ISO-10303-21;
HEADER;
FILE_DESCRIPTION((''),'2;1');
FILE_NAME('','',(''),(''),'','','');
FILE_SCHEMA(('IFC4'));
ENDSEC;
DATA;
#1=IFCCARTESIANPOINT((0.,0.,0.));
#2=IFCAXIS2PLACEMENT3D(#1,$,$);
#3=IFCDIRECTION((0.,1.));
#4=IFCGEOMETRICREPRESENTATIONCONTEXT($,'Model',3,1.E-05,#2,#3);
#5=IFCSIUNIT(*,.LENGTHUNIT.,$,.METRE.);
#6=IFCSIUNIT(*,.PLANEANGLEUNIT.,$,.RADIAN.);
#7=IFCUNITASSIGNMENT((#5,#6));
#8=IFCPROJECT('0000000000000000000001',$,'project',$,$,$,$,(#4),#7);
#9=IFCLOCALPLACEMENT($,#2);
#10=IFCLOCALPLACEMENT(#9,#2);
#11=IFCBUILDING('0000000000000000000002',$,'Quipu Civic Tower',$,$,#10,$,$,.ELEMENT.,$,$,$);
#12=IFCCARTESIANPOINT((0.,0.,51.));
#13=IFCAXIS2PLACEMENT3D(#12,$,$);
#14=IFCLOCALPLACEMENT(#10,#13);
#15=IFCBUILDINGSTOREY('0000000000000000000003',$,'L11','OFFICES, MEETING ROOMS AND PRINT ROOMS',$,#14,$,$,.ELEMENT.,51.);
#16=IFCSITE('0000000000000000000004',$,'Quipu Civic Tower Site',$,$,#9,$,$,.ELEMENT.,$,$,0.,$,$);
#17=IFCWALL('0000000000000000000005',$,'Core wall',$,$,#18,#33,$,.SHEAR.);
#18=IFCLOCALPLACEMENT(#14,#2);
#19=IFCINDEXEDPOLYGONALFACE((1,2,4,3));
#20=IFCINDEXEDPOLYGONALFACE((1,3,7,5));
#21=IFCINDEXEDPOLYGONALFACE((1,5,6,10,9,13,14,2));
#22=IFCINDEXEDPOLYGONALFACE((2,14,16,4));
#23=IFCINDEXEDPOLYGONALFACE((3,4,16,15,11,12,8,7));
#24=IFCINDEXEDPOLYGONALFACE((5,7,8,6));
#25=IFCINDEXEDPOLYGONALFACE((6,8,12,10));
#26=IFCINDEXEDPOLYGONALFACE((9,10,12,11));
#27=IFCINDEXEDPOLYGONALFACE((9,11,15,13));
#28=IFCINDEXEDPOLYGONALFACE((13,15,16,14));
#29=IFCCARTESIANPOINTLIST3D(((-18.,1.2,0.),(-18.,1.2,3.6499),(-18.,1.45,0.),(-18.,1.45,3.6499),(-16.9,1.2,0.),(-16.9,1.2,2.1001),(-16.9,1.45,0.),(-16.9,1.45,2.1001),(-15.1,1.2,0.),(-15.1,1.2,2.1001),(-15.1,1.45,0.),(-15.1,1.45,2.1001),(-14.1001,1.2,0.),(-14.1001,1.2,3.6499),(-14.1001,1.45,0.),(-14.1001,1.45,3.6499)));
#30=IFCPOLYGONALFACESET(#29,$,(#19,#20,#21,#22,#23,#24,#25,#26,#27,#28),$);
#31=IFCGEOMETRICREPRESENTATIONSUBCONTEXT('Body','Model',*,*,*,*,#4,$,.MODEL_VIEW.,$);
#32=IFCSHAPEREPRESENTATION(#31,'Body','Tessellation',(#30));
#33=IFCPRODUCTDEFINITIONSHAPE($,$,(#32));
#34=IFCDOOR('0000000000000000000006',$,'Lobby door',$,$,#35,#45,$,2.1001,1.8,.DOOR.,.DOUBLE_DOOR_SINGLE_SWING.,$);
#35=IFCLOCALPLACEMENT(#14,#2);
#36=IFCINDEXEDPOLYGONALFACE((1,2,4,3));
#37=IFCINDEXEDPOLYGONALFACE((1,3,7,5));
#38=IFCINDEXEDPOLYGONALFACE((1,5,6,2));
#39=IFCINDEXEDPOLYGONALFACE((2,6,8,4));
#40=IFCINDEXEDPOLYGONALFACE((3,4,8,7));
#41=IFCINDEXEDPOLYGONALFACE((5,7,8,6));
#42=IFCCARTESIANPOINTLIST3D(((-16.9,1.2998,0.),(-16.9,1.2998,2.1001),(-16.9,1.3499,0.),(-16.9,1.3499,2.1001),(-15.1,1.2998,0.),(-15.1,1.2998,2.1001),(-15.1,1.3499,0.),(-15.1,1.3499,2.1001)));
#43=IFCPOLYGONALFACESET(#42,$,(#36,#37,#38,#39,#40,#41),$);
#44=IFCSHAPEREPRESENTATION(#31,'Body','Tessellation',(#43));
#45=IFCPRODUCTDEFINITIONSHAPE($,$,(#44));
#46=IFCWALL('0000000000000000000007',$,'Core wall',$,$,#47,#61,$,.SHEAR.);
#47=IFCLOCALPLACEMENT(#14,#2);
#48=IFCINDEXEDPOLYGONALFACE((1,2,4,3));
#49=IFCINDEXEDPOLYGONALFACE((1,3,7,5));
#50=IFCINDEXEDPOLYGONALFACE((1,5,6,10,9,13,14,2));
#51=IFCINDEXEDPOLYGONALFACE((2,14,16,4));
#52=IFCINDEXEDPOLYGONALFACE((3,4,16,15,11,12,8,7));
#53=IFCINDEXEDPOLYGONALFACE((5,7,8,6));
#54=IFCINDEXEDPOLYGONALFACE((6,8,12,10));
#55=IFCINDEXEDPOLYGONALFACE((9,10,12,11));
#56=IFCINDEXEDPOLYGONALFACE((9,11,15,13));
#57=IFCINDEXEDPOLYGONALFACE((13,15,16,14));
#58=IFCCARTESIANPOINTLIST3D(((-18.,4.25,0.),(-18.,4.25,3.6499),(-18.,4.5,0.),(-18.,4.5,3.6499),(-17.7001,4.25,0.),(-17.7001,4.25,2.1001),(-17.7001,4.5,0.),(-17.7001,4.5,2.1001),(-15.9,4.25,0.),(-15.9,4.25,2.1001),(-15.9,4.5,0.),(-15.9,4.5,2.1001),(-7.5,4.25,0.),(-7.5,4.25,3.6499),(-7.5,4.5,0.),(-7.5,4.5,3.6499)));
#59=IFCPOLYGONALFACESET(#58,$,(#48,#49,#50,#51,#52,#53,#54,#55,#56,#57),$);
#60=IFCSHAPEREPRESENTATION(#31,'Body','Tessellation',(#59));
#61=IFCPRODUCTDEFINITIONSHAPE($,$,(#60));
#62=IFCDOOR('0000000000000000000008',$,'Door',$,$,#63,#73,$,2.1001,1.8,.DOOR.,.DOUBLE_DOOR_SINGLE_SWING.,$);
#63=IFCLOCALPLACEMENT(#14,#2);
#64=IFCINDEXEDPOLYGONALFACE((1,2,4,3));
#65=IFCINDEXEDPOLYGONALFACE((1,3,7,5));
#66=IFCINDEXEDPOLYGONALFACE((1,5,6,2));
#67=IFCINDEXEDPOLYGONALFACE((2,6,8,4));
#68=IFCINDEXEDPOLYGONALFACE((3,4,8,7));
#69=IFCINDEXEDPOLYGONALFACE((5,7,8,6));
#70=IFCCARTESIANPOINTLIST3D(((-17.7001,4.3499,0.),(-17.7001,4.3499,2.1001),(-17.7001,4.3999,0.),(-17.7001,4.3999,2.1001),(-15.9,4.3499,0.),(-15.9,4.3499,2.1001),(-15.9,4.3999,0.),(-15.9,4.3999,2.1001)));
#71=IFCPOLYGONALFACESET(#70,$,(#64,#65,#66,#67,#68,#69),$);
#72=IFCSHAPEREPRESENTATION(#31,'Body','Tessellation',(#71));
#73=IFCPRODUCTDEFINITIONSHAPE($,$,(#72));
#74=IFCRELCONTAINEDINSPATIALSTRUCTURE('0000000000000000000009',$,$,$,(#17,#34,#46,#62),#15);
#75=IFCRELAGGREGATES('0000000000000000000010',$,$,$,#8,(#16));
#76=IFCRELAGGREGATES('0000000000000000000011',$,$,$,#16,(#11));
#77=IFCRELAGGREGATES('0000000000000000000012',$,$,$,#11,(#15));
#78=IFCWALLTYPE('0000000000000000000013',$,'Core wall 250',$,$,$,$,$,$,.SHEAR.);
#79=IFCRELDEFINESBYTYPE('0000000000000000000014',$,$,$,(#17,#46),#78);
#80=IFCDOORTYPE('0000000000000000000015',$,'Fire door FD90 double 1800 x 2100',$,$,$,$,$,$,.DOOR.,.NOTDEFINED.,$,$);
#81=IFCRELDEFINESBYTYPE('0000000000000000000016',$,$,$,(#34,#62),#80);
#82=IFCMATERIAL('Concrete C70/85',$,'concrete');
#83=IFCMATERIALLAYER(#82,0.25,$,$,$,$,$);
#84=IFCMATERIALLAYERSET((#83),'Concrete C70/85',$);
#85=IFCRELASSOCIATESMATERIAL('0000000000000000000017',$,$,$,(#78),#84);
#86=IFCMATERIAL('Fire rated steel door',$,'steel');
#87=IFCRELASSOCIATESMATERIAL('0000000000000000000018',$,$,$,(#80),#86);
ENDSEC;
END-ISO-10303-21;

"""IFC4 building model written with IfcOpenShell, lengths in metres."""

from ifc_helpers import new_model, si_unit, direction, frame, frame_2d, origin, place, context, subcontext, project, spatial, rectangle, extrude, material, layer, layer_set, type_object, element, fill, save


model = new_model("IFC4")

# Units and contexts
model_context = context("Model", 3, precision=1e-05, world=origin(), true_north=direction((0.0, 1.0)))
body_context = subcontext(model_context, "Body", "Model", "MODEL_VIEW")
ifc_project = project(units=[si_unit("LENGTHUNIT", "METRE"), si_unit("PLANEANGLEUNIT", "RADIAN")], contexts=[model_context])

# Site, building, storey
site_placement = place(None, origin())
site = spatial("IfcSite", under=ifc_project, at=site_placement, Name="Quipu Civic Tower Site", CompositionType="ELEMENT", RefElevation=0.0)
building_placement = place(site_placement, origin())
building = spatial("IfcBuilding", under=site, at=building_placement, Name="Quipu Civic Tower", CompositionType="ELEMENT")
storey_placement = place(building_placement, frame((0.0, 0.0, 51.0)))
storey = spatial("IfcBuildingStorey", under=building, at=storey_placement, Name="L11", Description="OFFICES, MEETING ROOMS AND PRINT ROOMS", CompositionType="ELEMENT", Elevation=51.0)

# Walls, openings, doors
ifc_material_1 = material(Name="Concrete C70/85", Category="concrete")
ifc_layer_1 = layer(ifc_material_1, 0.25)
ifc_layer_set_1 = layer_set([ifc_layer_1], Name="Concrete C70/85")
wall_type_1 = type_object("IfcWallType", Name="Core wall 250", PredefinedType="SHEAR", material=ifc_layer_set_1)
wall_1_placement = place(storey_placement, frame((-18.0, 1.325, 0.0), z_axis=(0.0, 0.0, 1.0), x_axis=(1.0, 0.0, 0.0)))
wall_1 = element("IfcWall", 1, at=wall_1_placement, inside=storey, type_object=wall_type_1, Name="Core wall", PredefinedType="SHEAR", context=body_context, shape_type="SweptSolid", body=[
    extrude(rectangle(XDim=3.8999, YDim=0.25, at=frame_2d((1.95, 0.0))), origin(), (0.0, 0.0, 1.0), 3.6499),
])
opening_1_placement = place(wall_1_placement, frame((1.1001, 0.0, 0.0)))
opening_1 = element("IfcOpeningElement", 2, at=opening_1_placement, cuts=wall_1, PredefinedType="OPENING", context=body_context, shape_type="SweptSolid", body=[
    extrude(rectangle(XDim=1.8, YDim=2.1001, at=frame_2d((0.8999, 1.05))), frame((0.0, 0.135, 0.0), z_axis=(0.0, -1.0, 0.0), x_axis=(1.0, 0.0, 0.0)), (0.0, 0.0, 1.0), 0.27),
])
ifc_material_2 = material(Name="Fire rated steel door", Category="steel")
door_type_1 = type_object("IfcDoorType", Name="Fire door FD90 double 1800 x 2100", OperationType="NOTDEFINED", PredefinedType="DOOR", material=ifc_material_2)
door_1_placement = place(opening_1_placement, origin())
door_1 = element("IfcDoor", 3, at=door_1_placement, inside=storey, type_object=door_type_1, Name="Lobby door", OperationType="DOUBLE_DOOR_SINGLE_SWING", OverallHeight=2.1001, OverallWidth=1.8, PredefinedType="DOOR", context=body_context, shape_type="SweptSolid", body=[
    extrude(rectangle(XDim=1.8, YDim=2.1001, at=frame_2d((0.8999, 1.05))), frame((0.0, 0.0249, 0.0), z_axis=(0.0, -1.0, 0.0), x_axis=(1.0, 0.0, 0.0)), (0.0, 0.0, 1.0), 0.05),
])
fill(opening_1, door_1)
wall_2_placement = place(storey_placement, frame((-18.0, 4.375, 0.0), z_axis=(0.0, 0.0, 1.0), x_axis=(1.0, 0.0, 0.0)))
wall_2 = element("IfcWall", 4, at=wall_2_placement, inside=storey, type_object=wall_type_1, Name="Core wall", PredefinedType="SHEAR", context=body_context, shape_type="SweptSolid", body=[
    extrude(rectangle(XDim=10.5, YDim=0.25, at=frame_2d((5.25, 0.0))), origin(), (0.0, 0.0, 1.0), 3.6499),
])
opening_2_placement = place(wall_2_placement, frame((0.3, 0.0, 0.0)))
opening_2 = element("IfcOpeningElement", 5, at=opening_2_placement, cuts=wall_2, PredefinedType="OPENING", context=body_context, shape_type="SweptSolid", body=[
    extrude(rectangle(XDim=1.8, YDim=2.1001, at=frame_2d((0.8999, 1.05))), frame((0.0, 0.135, 0.0), z_axis=(0.0, -1.0, 0.0), x_axis=(1.0, 0.0, 0.0)), (0.0, 0.0, 1.0), 0.27),
])
door_2_placement = place(opening_2_placement, origin())
door_2 = element("IfcDoor", 6, at=door_2_placement, inside=storey, type_object=door_type_1, Name="Door", OperationType="DOUBLE_DOOR_SINGLE_SWING", OverallHeight=2.1001, OverallWidth=1.8, PredefinedType="DOOR", context=body_context, shape_type="SweptSolid", body=[
    extrude(rectangle(XDim=1.8, YDim=2.1001, at=frame_2d((0.8999, 1.05))), frame((0.0, 0.0249, 0.0), z_axis=(0.0, -1.0, 0.0), x_axis=(1.0, 0.0, 0.0)), (0.0, 0.0, 1.0), 0.05),
])
fill(opening_2, door_2)

save(model, "model.ifc")
